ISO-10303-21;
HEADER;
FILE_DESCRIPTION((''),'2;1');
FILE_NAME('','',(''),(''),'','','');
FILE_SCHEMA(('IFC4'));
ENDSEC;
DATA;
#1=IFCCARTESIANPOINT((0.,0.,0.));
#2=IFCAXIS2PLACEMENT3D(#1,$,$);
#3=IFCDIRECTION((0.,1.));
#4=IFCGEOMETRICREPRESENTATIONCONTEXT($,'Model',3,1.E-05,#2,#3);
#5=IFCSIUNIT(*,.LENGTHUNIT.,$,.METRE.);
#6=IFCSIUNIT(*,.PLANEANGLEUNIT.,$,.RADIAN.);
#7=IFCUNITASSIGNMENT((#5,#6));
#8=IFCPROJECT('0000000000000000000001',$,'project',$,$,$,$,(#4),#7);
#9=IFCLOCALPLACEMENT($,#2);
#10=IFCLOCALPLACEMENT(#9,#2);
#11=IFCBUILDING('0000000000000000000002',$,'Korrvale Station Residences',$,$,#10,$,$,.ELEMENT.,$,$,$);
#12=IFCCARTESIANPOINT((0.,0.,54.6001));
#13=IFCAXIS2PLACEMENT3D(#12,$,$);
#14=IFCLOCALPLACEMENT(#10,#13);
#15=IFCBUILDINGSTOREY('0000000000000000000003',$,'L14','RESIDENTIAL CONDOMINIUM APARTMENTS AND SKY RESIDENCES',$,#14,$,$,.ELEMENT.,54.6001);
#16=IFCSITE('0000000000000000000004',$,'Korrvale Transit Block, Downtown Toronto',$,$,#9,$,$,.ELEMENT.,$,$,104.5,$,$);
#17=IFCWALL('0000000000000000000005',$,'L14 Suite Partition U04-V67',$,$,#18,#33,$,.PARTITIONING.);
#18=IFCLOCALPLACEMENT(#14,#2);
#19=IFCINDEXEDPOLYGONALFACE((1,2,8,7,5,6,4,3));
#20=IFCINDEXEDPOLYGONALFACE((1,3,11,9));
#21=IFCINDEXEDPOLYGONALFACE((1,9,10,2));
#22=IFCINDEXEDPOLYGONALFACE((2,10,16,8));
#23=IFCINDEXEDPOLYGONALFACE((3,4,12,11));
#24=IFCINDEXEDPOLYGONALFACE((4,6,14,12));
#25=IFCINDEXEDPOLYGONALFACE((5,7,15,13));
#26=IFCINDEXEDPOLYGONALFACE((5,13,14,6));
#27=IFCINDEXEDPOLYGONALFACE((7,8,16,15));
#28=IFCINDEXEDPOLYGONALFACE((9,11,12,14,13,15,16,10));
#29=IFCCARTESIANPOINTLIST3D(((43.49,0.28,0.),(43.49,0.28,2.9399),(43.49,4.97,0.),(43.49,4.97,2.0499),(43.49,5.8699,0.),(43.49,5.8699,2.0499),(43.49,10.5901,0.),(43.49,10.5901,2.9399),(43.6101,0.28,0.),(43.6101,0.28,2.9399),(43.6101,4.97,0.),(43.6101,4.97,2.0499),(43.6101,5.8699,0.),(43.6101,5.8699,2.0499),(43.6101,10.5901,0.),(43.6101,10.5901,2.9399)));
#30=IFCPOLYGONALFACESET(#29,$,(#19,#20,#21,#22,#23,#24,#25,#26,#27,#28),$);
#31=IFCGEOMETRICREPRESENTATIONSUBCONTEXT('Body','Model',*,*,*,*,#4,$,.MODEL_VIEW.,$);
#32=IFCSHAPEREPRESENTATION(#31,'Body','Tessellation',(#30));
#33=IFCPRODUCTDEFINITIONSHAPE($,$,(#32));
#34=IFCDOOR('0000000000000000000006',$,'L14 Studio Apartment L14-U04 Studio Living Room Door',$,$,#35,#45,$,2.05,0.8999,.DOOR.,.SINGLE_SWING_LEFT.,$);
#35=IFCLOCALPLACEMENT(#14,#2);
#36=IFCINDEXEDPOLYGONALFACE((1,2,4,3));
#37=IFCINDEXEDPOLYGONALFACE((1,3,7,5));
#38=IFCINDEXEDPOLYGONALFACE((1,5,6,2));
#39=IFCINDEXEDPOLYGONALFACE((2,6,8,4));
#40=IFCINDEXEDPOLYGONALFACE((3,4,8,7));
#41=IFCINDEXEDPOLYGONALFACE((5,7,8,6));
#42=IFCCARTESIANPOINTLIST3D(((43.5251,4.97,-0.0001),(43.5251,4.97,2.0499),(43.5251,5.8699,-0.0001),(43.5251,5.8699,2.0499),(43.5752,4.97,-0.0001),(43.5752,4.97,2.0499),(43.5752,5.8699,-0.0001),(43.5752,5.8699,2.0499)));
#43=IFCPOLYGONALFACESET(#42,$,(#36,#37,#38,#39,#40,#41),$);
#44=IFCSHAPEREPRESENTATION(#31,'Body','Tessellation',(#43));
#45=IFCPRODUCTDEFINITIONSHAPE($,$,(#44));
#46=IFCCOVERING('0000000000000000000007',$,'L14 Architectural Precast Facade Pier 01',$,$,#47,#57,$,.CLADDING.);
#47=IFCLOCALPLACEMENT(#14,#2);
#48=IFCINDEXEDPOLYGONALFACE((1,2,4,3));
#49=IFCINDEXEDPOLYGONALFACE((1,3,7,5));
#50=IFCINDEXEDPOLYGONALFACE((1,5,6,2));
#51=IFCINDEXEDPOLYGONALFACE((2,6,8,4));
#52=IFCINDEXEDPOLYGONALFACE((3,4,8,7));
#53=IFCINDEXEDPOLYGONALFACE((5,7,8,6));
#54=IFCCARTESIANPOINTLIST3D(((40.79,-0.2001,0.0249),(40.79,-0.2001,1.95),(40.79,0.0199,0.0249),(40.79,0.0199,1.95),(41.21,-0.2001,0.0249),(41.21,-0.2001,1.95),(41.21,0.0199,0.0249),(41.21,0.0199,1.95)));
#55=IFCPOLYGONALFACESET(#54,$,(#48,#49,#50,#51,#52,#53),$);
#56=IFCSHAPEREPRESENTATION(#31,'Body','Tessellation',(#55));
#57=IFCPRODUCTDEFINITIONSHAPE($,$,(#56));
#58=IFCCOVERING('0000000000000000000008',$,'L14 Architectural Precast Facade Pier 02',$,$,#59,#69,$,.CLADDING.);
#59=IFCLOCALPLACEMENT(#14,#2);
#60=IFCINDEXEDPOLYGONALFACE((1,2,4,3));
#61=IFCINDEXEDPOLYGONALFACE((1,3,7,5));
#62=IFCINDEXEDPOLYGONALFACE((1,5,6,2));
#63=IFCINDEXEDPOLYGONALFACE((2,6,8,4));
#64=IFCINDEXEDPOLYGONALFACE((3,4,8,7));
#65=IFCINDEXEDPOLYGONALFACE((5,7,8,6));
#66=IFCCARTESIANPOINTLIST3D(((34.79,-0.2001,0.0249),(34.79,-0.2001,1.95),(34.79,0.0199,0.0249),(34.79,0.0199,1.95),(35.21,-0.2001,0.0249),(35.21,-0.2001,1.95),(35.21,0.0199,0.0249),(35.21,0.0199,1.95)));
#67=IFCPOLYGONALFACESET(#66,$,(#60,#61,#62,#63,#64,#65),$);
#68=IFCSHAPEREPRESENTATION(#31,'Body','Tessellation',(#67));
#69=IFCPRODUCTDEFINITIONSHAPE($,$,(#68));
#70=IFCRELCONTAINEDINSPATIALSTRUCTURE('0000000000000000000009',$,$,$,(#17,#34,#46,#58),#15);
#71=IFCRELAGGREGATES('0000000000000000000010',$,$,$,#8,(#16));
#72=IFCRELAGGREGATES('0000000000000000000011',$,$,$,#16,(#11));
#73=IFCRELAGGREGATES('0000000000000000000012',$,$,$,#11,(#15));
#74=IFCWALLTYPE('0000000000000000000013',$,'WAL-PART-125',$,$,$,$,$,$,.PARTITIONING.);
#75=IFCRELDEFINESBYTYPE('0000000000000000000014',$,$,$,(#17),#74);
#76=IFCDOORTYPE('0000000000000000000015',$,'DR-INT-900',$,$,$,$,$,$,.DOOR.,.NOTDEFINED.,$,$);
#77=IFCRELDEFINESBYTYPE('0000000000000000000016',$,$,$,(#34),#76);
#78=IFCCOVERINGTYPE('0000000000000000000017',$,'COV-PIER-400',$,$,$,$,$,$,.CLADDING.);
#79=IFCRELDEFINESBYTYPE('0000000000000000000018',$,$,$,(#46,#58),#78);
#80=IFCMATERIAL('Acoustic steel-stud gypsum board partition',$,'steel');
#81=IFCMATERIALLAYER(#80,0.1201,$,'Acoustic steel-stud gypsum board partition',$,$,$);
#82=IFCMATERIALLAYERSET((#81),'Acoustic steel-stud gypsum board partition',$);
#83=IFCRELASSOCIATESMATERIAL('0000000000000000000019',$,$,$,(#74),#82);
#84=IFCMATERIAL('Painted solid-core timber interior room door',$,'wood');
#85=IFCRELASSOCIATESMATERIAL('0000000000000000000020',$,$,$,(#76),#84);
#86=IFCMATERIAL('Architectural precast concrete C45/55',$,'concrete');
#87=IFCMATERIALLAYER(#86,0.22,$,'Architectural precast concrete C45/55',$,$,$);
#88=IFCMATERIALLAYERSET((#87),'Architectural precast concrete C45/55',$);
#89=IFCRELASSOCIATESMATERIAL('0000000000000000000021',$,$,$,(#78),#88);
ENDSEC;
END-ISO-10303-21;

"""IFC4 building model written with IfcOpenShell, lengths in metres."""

from ifc_helpers import new_model, si_unit, direction, frame, frame_2d, origin, origin_2d, place, context, subcontext, project, spatial, rectangle, extrude, material, layer, layer_set, type_object, element, fill, save


model = new_model("IFC4")

# Units and contexts
model_context = context("Model", 3, precision=1e-05, world=origin(), true_north=direction((0.0, 1.0)))
body_context = subcontext(model_context, "Body", "Model", "MODEL_VIEW")
ifc_project = project(units=[si_unit("LENGTHUNIT", "METRE"), si_unit("PLANEANGLEUNIT", "RADIAN")], contexts=[model_context])

# Site, building, storey
site_placement = place(None, origin())
site = spatial("IfcSite", under=ifc_project, at=site_placement, Name="Korrvale Transit Block, Downtown Toronto", CompositionType="ELEMENT", RefElevation=104.5)
building_placement = place(site_placement, origin())
building = spatial("IfcBuilding", under=site, at=building_placement, Name="Korrvale Station Residences", CompositionType="ELEMENT")
storey_placement = place(building_placement, frame((0.0, 0.0, 54.6001)))
storey = spatial("IfcBuildingStorey", under=building, at=storey_placement, Name="L14", Description="RESIDENTIAL CONDOMINIUM APARTMENTS AND SKY RESIDENCES", CompositionType="ELEMENT", Elevation=54.6001)

# Shared definitions
ifc_material_1 = material(Name="Acoustic steel-stud gypsum board partition", Category="steel")
ifc_layer_1 = layer(ifc_material_1, 0.1201, Name="Acoustic steel-stud gypsum board partition")
ifc_layer_set_1 = layer_set([ifc_layer_1], Name="Acoustic steel-stud gypsum board partition")
wall_type = type_object("IfcWallType", Name="WAL-PART-125", PredefinedType="PARTITIONING", material=ifc_layer_set_1)

# Wall, opening, door
ifc_material_2 = material(Name="Painted solid-core timber interior room door", Category="wood")
door_type = type_object("IfcDoorType", Name="DR-INT-900", OperationType="NOTDEFINED", PredefinedType="DOOR", material=ifc_material_2)
wall_1_placement = place(storey_placement, frame((43.55, 0.28, 0.0), z_axis=(0.0, 0.0, 1.0), x_axis=(0.0, 1.0, 0.0)))
wall_1 = element("IfcWall", 1, at=wall_1_placement, inside=storey, type_object=wall_type, Name="L14 Suite Partition U04-V67", PredefinedType="PARTITIONING", context=body_context, shape_type="SweptSolid", body=[
    extrude(rectangle(XDim=10.3101, YDim=0.1201, at=frame_2d((5.155, 0.0))), origin(), (0.0, 0.0, 1.0), 2.9399),
])
opening_1_placement = place(wall_1_placement, frame((4.6899, 0.0, 0.0)))
opening_1 = element("IfcOpeningElement", 2, at=opening_1_placement, cuts=wall_1, PredefinedType="OPENING", context=body_context, shape_type="SweptSolid", body=[
    extrude(rectangle(XDim=0.8999, YDim=2.05, at=frame_2d((0.45, 1.0249))), frame((0.0, 0.0701, 0.0), z_axis=(0.0, -1.0, 0.0), x_axis=(1.0, 0.0, 0.0)), (0.0, 0.0, 1.0), 0.1401),
])
door_1_placement = place(opening_1_placement, origin())
door_1 = element("IfcDoor", 3, at=door_1_placement, inside=storey, type_object=door_type, Name="L14 Studio Apartment L14-U04 Studio Living Room Door", OperationType="SINGLE_SWING_LEFT", OverallHeight=2.05, OverallWidth=0.8999, PredefinedType="DOOR", context=body_context, shape_type="SweptSolid", body=[
    extrude(rectangle(XDim=0.8999, YDim=2.05, at=frame_2d((0.45, 1.0249))), frame((0.0, 0.0249, 0.0), z_axis=(0.0, -1.0, 0.0), x_axis=(1.0, 0.0, 0.0)), (0.0, 0.0, 1.0), 0.05),
])
fill(opening_1, door_1)

# Coverings
ifc_material_3 = material(Name="Architectural precast concrete C45/55", Category="concrete")
ifc_layer_2 = layer(ifc_material_3, 0.22, Name="Architectural precast concrete C45/55")
ifc_layer_set_2 = layer_set([ifc_layer_2], Name="Architectural precast concrete C45/55")
covering_type = type_object("IfcCoveringType", Name="COV-PIER-400", PredefinedType="CLADDING", material=ifc_layer_set_2)
for number, where, z_axis, x_axis, name in (
    (4, (41.0, -0.0901, 0.0249), (0.0, 0.0, 1.0), (1.0, 0.0, 0.0), "L14 Architectural Precast Facade Pier 01"),
    (5, (35.0, -0.0901, 0.0249), (0.0, 0.0, 1.0), (1.0, 0.0, 0.0), "L14 Architectural Precast Facade Pier 02"),
):
    element("IfcCovering", number, at=place(storey_placement, frame(where, z_axis=z_axis, x_axis=x_axis)), inside=storey, type_object=covering_type, Name=name, PredefinedType="CLADDING", context=body_context, shape_type="SweptSolid", body=[
        extrude(rectangle(XDim=0.4199, YDim=0.22, at=origin_2d()), origin(), (0.0, 0.0, 1.0), 1.925),
    ])

save(model, "model.ifc")
